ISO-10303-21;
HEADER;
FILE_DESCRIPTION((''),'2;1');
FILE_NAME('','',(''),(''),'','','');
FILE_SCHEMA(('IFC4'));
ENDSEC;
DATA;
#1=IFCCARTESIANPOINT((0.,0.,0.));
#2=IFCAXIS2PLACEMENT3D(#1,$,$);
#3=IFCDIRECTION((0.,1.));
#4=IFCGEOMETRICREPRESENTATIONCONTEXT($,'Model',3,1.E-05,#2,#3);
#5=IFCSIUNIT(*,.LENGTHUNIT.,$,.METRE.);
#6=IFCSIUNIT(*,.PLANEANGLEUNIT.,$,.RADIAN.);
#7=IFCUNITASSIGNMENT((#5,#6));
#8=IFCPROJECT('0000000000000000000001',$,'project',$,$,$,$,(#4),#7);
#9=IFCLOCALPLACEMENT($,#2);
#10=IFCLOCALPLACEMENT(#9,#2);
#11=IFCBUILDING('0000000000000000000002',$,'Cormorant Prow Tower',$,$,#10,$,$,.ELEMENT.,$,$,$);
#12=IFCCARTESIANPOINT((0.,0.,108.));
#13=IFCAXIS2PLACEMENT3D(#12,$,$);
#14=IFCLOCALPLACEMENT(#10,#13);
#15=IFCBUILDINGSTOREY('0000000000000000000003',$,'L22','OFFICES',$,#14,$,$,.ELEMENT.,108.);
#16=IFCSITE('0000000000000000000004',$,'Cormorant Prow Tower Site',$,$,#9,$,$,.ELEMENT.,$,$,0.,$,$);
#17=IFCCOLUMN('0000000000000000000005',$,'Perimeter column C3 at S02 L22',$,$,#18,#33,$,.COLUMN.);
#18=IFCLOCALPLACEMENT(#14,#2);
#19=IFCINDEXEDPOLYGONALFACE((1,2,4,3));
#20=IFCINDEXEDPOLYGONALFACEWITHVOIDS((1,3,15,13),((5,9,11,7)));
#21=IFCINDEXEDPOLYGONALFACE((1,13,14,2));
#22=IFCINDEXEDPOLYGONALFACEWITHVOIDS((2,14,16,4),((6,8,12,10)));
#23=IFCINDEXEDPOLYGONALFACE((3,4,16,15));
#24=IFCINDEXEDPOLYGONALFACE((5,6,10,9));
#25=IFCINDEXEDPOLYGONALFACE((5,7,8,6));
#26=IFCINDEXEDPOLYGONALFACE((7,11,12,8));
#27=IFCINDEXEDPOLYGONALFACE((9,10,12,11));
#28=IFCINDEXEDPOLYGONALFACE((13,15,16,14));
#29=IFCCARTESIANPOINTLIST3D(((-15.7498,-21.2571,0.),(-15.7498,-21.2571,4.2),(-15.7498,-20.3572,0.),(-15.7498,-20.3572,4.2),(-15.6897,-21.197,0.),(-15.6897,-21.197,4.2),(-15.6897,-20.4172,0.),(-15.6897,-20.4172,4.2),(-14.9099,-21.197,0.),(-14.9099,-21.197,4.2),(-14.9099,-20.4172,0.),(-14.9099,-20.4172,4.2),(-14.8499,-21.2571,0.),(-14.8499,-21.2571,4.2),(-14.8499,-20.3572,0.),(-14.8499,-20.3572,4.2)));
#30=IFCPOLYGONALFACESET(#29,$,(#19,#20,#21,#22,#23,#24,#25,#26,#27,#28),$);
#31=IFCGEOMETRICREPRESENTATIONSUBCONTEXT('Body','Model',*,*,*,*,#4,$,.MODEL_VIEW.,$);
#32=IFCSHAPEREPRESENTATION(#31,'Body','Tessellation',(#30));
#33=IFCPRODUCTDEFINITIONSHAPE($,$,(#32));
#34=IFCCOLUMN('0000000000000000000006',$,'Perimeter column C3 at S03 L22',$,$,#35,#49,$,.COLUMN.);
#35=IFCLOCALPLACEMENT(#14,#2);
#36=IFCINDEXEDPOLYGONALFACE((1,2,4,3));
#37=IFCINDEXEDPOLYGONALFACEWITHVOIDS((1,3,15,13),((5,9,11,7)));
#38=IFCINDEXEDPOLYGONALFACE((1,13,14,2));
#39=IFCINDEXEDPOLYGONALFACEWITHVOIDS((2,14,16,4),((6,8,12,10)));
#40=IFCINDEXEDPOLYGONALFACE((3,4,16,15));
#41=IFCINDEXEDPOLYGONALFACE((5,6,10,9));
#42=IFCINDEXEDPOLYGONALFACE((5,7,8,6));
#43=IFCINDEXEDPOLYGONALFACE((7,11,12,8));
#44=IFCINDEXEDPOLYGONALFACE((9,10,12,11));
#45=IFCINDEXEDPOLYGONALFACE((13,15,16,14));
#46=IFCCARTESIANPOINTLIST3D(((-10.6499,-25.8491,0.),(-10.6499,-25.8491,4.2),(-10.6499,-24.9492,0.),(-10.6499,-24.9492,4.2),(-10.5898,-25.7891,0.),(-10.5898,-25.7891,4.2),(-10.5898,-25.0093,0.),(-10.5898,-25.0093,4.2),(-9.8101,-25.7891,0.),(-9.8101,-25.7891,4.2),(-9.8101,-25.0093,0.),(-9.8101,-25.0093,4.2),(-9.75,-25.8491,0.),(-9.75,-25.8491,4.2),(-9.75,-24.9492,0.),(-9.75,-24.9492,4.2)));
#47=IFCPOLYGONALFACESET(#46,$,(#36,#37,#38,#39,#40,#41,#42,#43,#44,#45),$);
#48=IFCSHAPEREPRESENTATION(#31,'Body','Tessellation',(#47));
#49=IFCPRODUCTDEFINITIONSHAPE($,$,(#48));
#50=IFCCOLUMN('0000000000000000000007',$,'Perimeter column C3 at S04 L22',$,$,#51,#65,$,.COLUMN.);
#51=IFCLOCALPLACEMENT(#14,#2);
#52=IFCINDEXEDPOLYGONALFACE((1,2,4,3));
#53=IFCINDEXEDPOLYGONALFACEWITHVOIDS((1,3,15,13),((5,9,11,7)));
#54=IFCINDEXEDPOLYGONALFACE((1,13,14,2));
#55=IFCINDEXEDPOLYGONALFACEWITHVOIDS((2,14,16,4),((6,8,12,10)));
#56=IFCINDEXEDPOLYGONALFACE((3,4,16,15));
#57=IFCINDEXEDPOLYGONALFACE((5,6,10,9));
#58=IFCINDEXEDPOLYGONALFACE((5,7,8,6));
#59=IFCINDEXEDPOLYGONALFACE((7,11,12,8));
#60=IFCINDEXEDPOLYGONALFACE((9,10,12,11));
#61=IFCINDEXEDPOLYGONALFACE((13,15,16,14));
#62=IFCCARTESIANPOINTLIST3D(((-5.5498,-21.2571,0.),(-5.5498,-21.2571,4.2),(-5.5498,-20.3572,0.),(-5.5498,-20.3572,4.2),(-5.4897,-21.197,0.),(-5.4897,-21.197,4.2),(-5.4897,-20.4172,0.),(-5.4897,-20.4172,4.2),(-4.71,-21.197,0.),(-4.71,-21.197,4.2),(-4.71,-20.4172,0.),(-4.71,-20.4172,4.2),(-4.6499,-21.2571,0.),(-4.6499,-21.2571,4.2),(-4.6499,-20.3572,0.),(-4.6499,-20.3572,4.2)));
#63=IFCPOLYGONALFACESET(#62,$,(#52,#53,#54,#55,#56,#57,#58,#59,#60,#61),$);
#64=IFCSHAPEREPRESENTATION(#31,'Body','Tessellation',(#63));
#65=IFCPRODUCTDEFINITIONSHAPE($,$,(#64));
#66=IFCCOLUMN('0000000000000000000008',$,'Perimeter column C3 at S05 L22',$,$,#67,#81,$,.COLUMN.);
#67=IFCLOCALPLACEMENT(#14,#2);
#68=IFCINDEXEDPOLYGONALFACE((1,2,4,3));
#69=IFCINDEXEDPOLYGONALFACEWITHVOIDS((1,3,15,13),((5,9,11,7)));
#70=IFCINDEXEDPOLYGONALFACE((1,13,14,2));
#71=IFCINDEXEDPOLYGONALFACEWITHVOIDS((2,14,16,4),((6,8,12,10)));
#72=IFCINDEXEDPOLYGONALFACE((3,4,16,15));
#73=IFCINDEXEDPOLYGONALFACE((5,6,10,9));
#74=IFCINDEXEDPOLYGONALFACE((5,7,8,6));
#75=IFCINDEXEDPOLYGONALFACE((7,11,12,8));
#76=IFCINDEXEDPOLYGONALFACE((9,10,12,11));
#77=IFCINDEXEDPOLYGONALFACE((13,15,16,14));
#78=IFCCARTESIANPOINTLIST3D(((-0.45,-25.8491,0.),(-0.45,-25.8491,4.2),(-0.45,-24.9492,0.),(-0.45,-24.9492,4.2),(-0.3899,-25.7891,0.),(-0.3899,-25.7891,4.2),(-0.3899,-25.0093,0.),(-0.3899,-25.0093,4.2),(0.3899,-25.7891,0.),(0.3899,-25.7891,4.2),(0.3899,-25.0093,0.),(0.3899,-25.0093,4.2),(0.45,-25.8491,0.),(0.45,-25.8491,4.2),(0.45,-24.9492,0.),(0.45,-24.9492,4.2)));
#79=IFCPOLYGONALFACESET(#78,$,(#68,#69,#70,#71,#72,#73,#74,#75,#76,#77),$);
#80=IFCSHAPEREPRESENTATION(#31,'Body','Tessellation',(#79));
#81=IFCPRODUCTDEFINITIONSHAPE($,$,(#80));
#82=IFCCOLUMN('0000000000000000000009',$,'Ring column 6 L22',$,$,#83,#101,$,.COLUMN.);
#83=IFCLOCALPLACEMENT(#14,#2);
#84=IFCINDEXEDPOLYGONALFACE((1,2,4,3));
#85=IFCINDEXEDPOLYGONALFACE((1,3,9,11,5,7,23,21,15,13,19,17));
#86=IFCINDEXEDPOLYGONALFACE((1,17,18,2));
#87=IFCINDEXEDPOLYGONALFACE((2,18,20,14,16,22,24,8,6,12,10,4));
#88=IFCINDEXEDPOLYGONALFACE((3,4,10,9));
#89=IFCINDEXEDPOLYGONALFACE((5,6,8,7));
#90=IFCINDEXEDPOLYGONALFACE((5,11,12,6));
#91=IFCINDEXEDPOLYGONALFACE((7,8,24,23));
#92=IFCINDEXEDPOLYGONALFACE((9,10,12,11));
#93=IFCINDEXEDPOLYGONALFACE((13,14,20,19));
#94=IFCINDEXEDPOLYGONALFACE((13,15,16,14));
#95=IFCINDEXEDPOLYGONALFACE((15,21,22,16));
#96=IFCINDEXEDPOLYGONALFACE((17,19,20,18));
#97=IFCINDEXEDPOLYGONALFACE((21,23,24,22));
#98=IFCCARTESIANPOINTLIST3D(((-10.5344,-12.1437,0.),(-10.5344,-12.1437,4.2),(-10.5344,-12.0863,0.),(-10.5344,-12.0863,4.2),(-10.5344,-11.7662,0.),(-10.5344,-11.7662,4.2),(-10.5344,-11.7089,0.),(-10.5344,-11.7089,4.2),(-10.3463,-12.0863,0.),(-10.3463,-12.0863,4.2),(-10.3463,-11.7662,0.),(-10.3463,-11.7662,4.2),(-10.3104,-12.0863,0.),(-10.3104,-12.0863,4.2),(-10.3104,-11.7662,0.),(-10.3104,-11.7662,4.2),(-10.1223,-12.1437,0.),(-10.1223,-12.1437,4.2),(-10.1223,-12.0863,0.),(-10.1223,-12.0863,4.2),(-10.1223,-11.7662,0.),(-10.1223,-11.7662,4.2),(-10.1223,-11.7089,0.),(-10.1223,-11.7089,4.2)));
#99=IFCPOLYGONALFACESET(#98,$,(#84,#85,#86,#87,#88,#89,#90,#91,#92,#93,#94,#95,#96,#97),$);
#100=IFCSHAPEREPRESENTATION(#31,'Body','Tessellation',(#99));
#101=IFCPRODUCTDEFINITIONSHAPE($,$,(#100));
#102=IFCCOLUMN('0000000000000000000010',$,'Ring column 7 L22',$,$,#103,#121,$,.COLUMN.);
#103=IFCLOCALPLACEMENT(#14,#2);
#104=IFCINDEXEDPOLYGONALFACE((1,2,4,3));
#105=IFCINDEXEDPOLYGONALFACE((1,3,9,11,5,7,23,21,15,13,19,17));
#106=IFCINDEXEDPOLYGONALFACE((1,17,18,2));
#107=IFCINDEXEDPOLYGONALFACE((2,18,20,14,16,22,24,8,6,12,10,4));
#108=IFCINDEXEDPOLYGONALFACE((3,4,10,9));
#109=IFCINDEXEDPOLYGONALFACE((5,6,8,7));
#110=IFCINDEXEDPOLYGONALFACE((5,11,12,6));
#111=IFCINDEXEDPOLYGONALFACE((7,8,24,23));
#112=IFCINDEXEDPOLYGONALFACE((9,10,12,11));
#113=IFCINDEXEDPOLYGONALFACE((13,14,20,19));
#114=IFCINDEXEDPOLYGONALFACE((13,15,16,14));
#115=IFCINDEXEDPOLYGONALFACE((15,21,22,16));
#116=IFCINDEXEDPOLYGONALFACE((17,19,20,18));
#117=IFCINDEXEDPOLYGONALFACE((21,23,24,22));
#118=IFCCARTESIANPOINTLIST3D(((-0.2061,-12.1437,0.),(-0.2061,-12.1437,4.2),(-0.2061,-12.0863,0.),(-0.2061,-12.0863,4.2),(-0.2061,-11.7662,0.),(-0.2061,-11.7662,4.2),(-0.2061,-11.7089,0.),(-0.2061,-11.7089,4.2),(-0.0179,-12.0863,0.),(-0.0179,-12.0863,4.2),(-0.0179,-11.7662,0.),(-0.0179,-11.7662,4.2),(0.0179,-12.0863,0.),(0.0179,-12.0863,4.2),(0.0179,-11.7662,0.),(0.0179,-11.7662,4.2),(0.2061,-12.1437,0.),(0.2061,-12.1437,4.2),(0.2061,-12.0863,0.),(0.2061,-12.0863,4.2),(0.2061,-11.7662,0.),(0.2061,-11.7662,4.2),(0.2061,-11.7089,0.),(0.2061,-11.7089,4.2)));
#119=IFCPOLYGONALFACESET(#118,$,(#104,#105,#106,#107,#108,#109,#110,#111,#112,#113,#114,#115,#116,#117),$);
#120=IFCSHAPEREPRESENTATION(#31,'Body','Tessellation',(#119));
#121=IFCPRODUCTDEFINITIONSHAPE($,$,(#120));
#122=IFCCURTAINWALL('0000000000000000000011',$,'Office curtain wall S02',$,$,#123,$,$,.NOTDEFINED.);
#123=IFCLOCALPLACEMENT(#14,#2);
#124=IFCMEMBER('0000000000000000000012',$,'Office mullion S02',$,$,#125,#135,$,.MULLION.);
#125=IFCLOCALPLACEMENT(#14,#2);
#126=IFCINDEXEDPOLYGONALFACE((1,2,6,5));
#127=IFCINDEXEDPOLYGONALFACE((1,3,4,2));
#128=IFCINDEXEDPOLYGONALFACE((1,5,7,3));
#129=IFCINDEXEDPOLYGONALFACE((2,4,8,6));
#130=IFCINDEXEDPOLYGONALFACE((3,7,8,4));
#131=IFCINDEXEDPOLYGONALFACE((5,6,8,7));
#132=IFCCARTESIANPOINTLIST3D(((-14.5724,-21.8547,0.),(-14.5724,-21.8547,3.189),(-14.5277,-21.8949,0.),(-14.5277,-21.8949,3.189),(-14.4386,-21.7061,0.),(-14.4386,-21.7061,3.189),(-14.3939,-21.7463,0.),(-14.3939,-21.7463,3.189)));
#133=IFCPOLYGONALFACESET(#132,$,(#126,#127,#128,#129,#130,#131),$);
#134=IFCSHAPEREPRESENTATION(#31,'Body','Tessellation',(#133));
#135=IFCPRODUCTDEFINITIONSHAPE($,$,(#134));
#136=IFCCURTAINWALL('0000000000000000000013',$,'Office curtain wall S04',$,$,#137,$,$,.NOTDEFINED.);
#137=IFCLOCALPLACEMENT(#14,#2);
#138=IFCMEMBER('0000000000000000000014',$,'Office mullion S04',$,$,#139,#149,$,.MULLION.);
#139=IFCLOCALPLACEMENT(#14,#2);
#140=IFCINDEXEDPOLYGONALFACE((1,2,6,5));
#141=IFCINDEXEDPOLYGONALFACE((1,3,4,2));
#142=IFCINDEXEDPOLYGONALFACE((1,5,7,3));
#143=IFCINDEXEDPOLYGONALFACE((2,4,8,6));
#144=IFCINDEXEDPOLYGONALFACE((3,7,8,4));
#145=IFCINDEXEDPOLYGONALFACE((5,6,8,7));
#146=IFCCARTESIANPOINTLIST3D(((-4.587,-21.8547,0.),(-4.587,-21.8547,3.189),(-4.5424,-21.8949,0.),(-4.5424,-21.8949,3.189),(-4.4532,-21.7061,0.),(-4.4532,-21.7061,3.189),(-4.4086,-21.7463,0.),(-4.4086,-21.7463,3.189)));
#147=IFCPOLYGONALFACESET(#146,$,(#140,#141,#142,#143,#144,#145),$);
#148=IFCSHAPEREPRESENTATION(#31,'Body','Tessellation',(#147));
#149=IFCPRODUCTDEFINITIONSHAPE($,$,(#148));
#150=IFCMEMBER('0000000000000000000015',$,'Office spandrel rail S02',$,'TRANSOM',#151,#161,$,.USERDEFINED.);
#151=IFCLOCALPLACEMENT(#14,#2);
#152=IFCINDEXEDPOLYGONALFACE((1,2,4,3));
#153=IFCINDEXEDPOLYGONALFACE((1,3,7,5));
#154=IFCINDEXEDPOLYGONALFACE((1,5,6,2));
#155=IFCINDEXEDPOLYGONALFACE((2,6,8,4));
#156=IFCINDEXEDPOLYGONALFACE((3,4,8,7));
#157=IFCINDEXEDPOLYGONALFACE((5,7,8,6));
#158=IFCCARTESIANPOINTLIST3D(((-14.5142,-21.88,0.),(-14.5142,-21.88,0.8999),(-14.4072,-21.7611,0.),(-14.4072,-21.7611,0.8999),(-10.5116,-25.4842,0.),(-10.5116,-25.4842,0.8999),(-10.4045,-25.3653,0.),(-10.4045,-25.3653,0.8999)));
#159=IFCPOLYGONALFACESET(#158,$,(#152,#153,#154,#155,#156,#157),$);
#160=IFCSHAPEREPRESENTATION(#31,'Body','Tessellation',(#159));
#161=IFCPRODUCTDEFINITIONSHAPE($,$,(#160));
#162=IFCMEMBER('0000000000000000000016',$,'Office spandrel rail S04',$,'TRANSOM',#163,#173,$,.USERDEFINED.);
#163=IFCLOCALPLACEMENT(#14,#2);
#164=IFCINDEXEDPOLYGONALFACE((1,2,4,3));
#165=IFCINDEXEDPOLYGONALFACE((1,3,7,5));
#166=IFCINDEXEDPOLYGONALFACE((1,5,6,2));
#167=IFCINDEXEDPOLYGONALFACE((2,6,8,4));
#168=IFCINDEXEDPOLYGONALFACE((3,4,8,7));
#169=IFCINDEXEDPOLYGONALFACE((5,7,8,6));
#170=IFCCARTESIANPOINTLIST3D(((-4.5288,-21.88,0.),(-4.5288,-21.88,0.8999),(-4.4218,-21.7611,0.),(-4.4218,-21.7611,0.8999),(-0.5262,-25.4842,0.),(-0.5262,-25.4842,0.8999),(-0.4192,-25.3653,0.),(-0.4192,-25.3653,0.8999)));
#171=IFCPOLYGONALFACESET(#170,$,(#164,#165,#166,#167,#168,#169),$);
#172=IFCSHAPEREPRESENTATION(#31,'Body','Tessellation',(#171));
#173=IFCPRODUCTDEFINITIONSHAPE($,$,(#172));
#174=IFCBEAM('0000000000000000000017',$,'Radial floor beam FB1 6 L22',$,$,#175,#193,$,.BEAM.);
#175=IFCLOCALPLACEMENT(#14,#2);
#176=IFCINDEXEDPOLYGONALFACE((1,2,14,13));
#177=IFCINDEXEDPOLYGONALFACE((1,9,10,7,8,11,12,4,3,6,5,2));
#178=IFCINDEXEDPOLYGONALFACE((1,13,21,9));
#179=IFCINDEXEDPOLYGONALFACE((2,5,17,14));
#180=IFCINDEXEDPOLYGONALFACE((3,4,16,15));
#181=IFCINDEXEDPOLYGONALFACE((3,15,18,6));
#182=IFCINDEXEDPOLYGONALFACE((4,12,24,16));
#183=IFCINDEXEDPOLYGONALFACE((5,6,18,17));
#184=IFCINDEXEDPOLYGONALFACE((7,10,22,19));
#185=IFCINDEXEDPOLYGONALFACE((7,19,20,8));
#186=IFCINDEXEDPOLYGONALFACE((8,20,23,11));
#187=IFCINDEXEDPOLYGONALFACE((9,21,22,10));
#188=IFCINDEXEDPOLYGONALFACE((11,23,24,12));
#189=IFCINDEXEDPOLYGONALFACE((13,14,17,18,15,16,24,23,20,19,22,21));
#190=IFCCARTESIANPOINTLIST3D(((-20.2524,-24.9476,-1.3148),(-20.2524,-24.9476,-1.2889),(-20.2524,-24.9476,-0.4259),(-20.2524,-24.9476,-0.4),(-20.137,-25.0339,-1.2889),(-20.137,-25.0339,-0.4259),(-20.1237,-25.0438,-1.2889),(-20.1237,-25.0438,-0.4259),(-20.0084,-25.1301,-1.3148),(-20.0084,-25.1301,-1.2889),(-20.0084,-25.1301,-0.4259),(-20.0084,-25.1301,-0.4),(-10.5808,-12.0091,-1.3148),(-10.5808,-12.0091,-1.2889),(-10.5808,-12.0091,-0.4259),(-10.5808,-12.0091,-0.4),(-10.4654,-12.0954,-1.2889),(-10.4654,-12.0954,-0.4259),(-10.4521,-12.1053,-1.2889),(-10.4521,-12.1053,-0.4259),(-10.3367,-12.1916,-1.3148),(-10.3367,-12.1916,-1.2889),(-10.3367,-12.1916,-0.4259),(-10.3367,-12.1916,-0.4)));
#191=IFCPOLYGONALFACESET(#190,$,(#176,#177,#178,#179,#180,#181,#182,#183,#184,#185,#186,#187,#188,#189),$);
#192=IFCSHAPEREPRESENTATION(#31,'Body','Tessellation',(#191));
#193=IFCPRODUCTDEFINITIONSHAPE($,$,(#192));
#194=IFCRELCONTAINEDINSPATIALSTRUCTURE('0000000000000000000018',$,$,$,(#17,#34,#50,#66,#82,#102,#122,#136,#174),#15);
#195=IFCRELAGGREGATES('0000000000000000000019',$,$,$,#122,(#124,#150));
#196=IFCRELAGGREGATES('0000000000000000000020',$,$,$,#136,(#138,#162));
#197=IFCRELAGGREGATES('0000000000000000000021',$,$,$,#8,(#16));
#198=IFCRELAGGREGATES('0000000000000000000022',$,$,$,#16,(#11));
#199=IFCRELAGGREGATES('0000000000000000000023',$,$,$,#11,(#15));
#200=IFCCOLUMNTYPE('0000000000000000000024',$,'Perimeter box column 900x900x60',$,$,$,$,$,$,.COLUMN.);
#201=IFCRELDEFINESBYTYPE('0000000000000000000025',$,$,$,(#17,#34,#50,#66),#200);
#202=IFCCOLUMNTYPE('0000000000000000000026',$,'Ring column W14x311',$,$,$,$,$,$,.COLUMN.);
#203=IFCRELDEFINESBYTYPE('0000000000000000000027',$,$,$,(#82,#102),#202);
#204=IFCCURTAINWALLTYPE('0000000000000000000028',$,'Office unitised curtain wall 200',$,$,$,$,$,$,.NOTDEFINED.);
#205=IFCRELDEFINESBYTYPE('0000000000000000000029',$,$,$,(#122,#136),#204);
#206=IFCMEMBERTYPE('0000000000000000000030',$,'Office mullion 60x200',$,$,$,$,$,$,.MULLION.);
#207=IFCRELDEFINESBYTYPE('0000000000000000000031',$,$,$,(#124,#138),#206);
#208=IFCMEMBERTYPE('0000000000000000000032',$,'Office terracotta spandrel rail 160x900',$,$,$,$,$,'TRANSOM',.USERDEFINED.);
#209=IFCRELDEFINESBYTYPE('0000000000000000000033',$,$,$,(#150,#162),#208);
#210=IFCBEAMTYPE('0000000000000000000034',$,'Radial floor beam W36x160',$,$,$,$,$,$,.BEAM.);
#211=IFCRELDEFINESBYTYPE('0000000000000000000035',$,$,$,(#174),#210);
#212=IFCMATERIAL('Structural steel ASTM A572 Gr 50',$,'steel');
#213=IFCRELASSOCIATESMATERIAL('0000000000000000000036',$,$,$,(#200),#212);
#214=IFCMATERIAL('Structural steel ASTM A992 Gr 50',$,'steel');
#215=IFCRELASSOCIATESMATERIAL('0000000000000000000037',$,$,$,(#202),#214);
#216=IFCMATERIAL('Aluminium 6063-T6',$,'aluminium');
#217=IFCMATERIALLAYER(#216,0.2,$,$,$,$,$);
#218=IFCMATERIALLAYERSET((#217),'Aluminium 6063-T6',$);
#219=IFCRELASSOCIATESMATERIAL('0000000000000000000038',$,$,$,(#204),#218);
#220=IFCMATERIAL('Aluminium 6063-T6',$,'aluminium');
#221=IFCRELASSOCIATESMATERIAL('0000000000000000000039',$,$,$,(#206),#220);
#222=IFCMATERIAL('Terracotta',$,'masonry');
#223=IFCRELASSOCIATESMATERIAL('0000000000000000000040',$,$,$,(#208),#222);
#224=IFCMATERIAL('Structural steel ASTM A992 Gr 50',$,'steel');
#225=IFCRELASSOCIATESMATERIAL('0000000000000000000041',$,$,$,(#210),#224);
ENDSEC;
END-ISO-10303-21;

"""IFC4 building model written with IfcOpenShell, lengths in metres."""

from ifc_helpers import new_model, si_unit, direction, frame, origin, origin_2d, place, context, subcontext, project, spatial, rectangle, hollow_rectangle, i_section, extrude, material, layer, layer_set, material_profile, profile_set, type_object, element, aggregate, save


model = new_model("IFC4")

# Units and contexts
model_context = context("Model", 3, precision=1e-05, world=origin(), true_north=direction((0.0, 1.0)))
body_context = subcontext(model_context, "Body", "Model", "MODEL_VIEW")
ifc_project = project(units=[si_unit("LENGTHUNIT", "METRE"), si_unit("PLANEANGLEUNIT", "RADIAN")], contexts=[model_context])

# Site, building, storey
site_placement = place(None, origin())
site = spatial("IfcSite", under=ifc_project, at=site_placement, Name="Cormorant Prow Tower Site", CompositionType="ELEMENT", RefElevation=0.0)
building_placement = place(site_placement, origin())
building = spatial("IfcBuilding", under=site, at=building_placement, Name="Cormorant Prow Tower", CompositionType="ELEMENT")
storey_placement = place(building_placement, frame((0.0, 0.0, 108.0)))
storey = spatial("IfcBuildingStorey", under=building, at=storey_placement, Name="L22", Description="OFFICES", CompositionType="ELEMENT", Elevation=108.0)

# Columns
ifc_material_1 = material(Name="Structural steel ASTM A572 Gr 50", Category="steel")
ifc_material_profile_1 = material_profile(ifc_material_1, hollow_rectangle(XDim=0.8999, YDim=0.8999, WallThickness=0.0601, at=origin_2d()), Name="Box 900x900x60")
ifc_profile_set_1 = profile_set([ifc_material_profile_1], Name="Structural steel ASTM A572 Gr 50")
column_type_1 = type_object("IfcColumnType", Name="Perimeter box column 900x900x60", PredefinedType="COLUMN", material=ifc_profile_set_1)
for number, where, z_axis, x_axis, name in (
    (1, (-15.2998, -20.8071, 0.0), (0.0, 0.0, 1.0), (1.0, 0.0, 0.0), "Perimeter column C3 at S02 L22"),
    (2, (-10.2, -25.3992, 0.0), (0.0, 0.0, 1.0), (1.0, 0.0, 0.0), "Perimeter column C3 at S03 L22"),
    (3, (-5.0999, -20.8071, 0.0), (0.0, 0.0, 1.0), (1.0, 0.0, 0.0), "Perimeter column C3 at S04 L22"),
    (4, (0.0, -25.3992, 0.0), (0.0, 0.0, 1.0), (1.0, 0.0, 0.0), "Perimeter column C3 at S05 L22"),
):
    element("IfcColumn", number, at=place(storey_placement, frame(where, z_axis=z_axis, x_axis=x_axis)), inside=storey, type_object=column_type_1, Name=name, PredefinedType="COLUMN", context=body_context, shape_type="SweptSolid", body=[
        extrude(hollow_rectangle(XDim=0.8999, YDim=0.8999, WallThickness=0.0601, at=origin_2d()), origin(), (0.0, 0.0, 1.0), 4.2),
    ])
ifc_material_2 = material(Name="Structural steel ASTM A992 Gr 50", Category="steel")
ifc_material_profile_2 = material_profile(ifc_material_2, i_section(OverallWidth=0.4121, OverallDepth=0.4348, WebThickness=0.0359, FlangeThickness=0.0574, at=origin_2d()), Name="W14x311")
ifc_profile_set_2 = profile_set([ifc_material_profile_2], Name="Structural steel ASTM A992 Gr 50")
column_type_2 = type_object("IfcColumnType", Name="Ring column W14x311", PredefinedType="COLUMN", material=ifc_profile_set_2)
for number, where, z_axis, x_axis, name in (
    (5, (-10.3284, -11.9263, 0.0), (0.0, 0.0, 1.0), (1.0, 0.0, 0.0), "Ring column 6 L22"),
    (6, (0.0, -11.9263, 0.0), (0.0, 0.0, 1.0), (1.0, 0.0, 0.0), "Ring column 7 L22"),
):
    element("IfcColumn", number, at=place(storey_placement, frame(where, z_axis=z_axis, x_axis=x_axis)), inside=storey, type_object=column_type_2, Name=name, PredefinedType="COLUMN", context=body_context, shape_type="SweptSolid", body=[
        extrude(i_section(OverallWidth=0.4121, OverallDepth=0.4348, WebThickness=0.0359, FlangeThickness=0.0574, at=origin_2d()), origin(), (0.0, 0.0, 1.0), 4.2),
    ])

# Curtain walls, members
ifc_material_3 = material(Name="Aluminium 6063-T6", Category="aluminium")
ifc_layer_1 = layer(ifc_material_3, 0.2)
ifc_layer_set_1 = layer_set([ifc_layer_1], Name="Aluminium 6063-T6")
curtain_wall_type = type_object("IfcCurtainWallType", Name="Office unitised curtain wall 200", PredefinedType="NOTDEFINED", material=ifc_layer_set_1)
curtain_wall_1_placement = place(storey_placement, origin())
curtain_wall_1 = element("IfcCurtainWall", 7, at=curtain_wall_1_placement, inside=storey, type_object=curtain_wall_type, Name="Office curtain wall S02", PredefinedType="NOTDEFINED")
ifc_material_4 = material(Name="Aluminium 6063-T6", Category="aluminium")
ifc_material_profile_3 = material_profile(ifc_material_4, rectangle(XDim=0.2, YDim=0.0601, at=origin_2d()), Name="Office mullion 60x200")
ifc_profile_set_3 = profile_set([ifc_material_profile_3], Name="Aluminium 6063-T6")
member_type_1 = type_object("IfcMemberType", Name="Office mullion 60x200", PredefinedType="MULLION", material=ifc_profile_set_3)
member_1_placement = place(storey_placement, frame((-14.4832, -21.8005, 0.0), z_axis=(0.0, 0.0, 1.0), x_axis=(0.669131, 0.743145, 0.0)))
member_1 = element("IfcMember", 8, at=member_1_placement, type_object=member_type_1, Name="Office mullion S02", PredefinedType="MULLION", context=body_context, shape_type="SweptSolid", body=[
    extrude(rectangle(XDim=0.2, YDim=0.0601, at=origin_2d()), origin(), (0.0, 0.0, 1.0), 3.189),
])
curtain_wall_2_placement = place(storey_placement, origin())
curtain_wall_2 = element("IfcCurtainWall", 9, at=curtain_wall_2_placement, inside=storey, type_object=curtain_wall_type, Name="Office curtain wall S04", PredefinedType="NOTDEFINED")
member_2_placement = place(storey_placement, frame((-4.4978, -21.8005, 0.0), z_axis=(0.0, 0.0, 1.0), x_axis=(0.669131, 0.743145, 0.0)))
member_2 = element("IfcMember", 10, at=member_2_placement, type_object=member_type_1, Name="Office mullion S04", PredefinedType="MULLION", context=body_context, shape_type="SweptSolid", body=[
    extrude(rectangle(XDim=0.2, YDim=0.0601, at=origin_2d()), origin(), (0.0, 0.0, 1.0), 3.189),
])

# Members
ifc_material_5 = material(Name="Terracotta", Category="masonry")
ifc_material_profile_4 = material_profile(ifc_material_5, rectangle(XDim=0.1599, YDim=0.8999, at=origin_2d()), Name="Office terracotta spandrel rail 160x900")
ifc_profile_set_4 = profile_set([ifc_material_profile_4], Name="Terracotta")
member_type_2 = type_object("IfcMemberType", Name="Office terracotta spandrel rail 160x900", ElementType="TRANSOM", PredefinedType="USERDEFINED", material=ifc_profile_set_4)
member_3_placement = place(storey_placement, frame((-14.4607, -21.8206, 0.45), z_axis=(0.743125, -0.669153, 0.0), x_axis=(0.669153, 0.743125, 0.0)))
member_3 = element("IfcMember", 11, at=member_3_placement, type_object=member_type_2, Name="Office spandrel rail S02", ObjectType="TRANSOM", PredefinedType="USERDEFINED", context=body_context, shape_type="SweptSolid", body=[
    extrude(rectangle(XDim=0.1599, YDim=0.8999, at=origin_2d()), origin(), (0.0, 0.0, 1.0), 5.3862),
])
member_4_placement = place(storey_placement, frame((-4.4753, -21.8206, 0.45), z_axis=(0.743125, -0.669153, 0.0), x_axis=(0.669153, 0.743125, 0.0)))
member_4 = element("IfcMember", 12, at=member_4_placement, type_object=member_type_2, Name="Office spandrel rail S04", ObjectType="TRANSOM", PredefinedType="USERDEFINED", context=body_context, shape_type="SweptSolid", body=[
    extrude(rectangle(XDim=0.1599, YDim=0.8999, at=origin_2d()), origin(), (0.0, 0.0, 1.0), 5.3862),
])

# Beam
ifc_material_6 = material(Name="Structural steel ASTM A992 Gr 50", Category="steel")
ifc_material_profile_5 = material_profile(ifc_material_6, i_section(OverallWidth=0.3047, OverallDepth=0.9148, WebThickness=0.0166, FlangeThickness=0.0259, at=origin_2d()), Name="W36x160")
ifc_profile_set_5 = profile_set([ifc_material_profile_5], Name="Structural steel ASTM A992 Gr 50")
beam_type_1 = type_object("IfcBeamType", Name="Radial floor beam W36x160", PredefinedType="BEAM", material=ifc_profile_set_5)
beam_placement = place(storey_placement, frame((-10.4587, -12.1003, -0.8574), z_axis=(-0.598722, -0.800957, 0.0), x_axis=(0.800957, -0.598722, 0.0)))
element("IfcBeam", 13, at=beam_placement, inside=storey, type_object=beam_type_1, Name="Radial floor beam FB1 6 L22", PredefinedType="BEAM", context=body_context, shape_type="SweptSolid", body=[
    extrude(i_section(OverallWidth=0.3047, OverallDepth=0.9148, WebThickness=0.0166, FlangeThickness=0.0259, at=origin_2d()), origin(), (0.0, 0.0, 1.0), 16.1538),
])

aggregate(curtain_wall_1, [member_1, member_3])
aggregate(curtain_wall_2, [member_2, member_4])

save(model, "model.ifc")
